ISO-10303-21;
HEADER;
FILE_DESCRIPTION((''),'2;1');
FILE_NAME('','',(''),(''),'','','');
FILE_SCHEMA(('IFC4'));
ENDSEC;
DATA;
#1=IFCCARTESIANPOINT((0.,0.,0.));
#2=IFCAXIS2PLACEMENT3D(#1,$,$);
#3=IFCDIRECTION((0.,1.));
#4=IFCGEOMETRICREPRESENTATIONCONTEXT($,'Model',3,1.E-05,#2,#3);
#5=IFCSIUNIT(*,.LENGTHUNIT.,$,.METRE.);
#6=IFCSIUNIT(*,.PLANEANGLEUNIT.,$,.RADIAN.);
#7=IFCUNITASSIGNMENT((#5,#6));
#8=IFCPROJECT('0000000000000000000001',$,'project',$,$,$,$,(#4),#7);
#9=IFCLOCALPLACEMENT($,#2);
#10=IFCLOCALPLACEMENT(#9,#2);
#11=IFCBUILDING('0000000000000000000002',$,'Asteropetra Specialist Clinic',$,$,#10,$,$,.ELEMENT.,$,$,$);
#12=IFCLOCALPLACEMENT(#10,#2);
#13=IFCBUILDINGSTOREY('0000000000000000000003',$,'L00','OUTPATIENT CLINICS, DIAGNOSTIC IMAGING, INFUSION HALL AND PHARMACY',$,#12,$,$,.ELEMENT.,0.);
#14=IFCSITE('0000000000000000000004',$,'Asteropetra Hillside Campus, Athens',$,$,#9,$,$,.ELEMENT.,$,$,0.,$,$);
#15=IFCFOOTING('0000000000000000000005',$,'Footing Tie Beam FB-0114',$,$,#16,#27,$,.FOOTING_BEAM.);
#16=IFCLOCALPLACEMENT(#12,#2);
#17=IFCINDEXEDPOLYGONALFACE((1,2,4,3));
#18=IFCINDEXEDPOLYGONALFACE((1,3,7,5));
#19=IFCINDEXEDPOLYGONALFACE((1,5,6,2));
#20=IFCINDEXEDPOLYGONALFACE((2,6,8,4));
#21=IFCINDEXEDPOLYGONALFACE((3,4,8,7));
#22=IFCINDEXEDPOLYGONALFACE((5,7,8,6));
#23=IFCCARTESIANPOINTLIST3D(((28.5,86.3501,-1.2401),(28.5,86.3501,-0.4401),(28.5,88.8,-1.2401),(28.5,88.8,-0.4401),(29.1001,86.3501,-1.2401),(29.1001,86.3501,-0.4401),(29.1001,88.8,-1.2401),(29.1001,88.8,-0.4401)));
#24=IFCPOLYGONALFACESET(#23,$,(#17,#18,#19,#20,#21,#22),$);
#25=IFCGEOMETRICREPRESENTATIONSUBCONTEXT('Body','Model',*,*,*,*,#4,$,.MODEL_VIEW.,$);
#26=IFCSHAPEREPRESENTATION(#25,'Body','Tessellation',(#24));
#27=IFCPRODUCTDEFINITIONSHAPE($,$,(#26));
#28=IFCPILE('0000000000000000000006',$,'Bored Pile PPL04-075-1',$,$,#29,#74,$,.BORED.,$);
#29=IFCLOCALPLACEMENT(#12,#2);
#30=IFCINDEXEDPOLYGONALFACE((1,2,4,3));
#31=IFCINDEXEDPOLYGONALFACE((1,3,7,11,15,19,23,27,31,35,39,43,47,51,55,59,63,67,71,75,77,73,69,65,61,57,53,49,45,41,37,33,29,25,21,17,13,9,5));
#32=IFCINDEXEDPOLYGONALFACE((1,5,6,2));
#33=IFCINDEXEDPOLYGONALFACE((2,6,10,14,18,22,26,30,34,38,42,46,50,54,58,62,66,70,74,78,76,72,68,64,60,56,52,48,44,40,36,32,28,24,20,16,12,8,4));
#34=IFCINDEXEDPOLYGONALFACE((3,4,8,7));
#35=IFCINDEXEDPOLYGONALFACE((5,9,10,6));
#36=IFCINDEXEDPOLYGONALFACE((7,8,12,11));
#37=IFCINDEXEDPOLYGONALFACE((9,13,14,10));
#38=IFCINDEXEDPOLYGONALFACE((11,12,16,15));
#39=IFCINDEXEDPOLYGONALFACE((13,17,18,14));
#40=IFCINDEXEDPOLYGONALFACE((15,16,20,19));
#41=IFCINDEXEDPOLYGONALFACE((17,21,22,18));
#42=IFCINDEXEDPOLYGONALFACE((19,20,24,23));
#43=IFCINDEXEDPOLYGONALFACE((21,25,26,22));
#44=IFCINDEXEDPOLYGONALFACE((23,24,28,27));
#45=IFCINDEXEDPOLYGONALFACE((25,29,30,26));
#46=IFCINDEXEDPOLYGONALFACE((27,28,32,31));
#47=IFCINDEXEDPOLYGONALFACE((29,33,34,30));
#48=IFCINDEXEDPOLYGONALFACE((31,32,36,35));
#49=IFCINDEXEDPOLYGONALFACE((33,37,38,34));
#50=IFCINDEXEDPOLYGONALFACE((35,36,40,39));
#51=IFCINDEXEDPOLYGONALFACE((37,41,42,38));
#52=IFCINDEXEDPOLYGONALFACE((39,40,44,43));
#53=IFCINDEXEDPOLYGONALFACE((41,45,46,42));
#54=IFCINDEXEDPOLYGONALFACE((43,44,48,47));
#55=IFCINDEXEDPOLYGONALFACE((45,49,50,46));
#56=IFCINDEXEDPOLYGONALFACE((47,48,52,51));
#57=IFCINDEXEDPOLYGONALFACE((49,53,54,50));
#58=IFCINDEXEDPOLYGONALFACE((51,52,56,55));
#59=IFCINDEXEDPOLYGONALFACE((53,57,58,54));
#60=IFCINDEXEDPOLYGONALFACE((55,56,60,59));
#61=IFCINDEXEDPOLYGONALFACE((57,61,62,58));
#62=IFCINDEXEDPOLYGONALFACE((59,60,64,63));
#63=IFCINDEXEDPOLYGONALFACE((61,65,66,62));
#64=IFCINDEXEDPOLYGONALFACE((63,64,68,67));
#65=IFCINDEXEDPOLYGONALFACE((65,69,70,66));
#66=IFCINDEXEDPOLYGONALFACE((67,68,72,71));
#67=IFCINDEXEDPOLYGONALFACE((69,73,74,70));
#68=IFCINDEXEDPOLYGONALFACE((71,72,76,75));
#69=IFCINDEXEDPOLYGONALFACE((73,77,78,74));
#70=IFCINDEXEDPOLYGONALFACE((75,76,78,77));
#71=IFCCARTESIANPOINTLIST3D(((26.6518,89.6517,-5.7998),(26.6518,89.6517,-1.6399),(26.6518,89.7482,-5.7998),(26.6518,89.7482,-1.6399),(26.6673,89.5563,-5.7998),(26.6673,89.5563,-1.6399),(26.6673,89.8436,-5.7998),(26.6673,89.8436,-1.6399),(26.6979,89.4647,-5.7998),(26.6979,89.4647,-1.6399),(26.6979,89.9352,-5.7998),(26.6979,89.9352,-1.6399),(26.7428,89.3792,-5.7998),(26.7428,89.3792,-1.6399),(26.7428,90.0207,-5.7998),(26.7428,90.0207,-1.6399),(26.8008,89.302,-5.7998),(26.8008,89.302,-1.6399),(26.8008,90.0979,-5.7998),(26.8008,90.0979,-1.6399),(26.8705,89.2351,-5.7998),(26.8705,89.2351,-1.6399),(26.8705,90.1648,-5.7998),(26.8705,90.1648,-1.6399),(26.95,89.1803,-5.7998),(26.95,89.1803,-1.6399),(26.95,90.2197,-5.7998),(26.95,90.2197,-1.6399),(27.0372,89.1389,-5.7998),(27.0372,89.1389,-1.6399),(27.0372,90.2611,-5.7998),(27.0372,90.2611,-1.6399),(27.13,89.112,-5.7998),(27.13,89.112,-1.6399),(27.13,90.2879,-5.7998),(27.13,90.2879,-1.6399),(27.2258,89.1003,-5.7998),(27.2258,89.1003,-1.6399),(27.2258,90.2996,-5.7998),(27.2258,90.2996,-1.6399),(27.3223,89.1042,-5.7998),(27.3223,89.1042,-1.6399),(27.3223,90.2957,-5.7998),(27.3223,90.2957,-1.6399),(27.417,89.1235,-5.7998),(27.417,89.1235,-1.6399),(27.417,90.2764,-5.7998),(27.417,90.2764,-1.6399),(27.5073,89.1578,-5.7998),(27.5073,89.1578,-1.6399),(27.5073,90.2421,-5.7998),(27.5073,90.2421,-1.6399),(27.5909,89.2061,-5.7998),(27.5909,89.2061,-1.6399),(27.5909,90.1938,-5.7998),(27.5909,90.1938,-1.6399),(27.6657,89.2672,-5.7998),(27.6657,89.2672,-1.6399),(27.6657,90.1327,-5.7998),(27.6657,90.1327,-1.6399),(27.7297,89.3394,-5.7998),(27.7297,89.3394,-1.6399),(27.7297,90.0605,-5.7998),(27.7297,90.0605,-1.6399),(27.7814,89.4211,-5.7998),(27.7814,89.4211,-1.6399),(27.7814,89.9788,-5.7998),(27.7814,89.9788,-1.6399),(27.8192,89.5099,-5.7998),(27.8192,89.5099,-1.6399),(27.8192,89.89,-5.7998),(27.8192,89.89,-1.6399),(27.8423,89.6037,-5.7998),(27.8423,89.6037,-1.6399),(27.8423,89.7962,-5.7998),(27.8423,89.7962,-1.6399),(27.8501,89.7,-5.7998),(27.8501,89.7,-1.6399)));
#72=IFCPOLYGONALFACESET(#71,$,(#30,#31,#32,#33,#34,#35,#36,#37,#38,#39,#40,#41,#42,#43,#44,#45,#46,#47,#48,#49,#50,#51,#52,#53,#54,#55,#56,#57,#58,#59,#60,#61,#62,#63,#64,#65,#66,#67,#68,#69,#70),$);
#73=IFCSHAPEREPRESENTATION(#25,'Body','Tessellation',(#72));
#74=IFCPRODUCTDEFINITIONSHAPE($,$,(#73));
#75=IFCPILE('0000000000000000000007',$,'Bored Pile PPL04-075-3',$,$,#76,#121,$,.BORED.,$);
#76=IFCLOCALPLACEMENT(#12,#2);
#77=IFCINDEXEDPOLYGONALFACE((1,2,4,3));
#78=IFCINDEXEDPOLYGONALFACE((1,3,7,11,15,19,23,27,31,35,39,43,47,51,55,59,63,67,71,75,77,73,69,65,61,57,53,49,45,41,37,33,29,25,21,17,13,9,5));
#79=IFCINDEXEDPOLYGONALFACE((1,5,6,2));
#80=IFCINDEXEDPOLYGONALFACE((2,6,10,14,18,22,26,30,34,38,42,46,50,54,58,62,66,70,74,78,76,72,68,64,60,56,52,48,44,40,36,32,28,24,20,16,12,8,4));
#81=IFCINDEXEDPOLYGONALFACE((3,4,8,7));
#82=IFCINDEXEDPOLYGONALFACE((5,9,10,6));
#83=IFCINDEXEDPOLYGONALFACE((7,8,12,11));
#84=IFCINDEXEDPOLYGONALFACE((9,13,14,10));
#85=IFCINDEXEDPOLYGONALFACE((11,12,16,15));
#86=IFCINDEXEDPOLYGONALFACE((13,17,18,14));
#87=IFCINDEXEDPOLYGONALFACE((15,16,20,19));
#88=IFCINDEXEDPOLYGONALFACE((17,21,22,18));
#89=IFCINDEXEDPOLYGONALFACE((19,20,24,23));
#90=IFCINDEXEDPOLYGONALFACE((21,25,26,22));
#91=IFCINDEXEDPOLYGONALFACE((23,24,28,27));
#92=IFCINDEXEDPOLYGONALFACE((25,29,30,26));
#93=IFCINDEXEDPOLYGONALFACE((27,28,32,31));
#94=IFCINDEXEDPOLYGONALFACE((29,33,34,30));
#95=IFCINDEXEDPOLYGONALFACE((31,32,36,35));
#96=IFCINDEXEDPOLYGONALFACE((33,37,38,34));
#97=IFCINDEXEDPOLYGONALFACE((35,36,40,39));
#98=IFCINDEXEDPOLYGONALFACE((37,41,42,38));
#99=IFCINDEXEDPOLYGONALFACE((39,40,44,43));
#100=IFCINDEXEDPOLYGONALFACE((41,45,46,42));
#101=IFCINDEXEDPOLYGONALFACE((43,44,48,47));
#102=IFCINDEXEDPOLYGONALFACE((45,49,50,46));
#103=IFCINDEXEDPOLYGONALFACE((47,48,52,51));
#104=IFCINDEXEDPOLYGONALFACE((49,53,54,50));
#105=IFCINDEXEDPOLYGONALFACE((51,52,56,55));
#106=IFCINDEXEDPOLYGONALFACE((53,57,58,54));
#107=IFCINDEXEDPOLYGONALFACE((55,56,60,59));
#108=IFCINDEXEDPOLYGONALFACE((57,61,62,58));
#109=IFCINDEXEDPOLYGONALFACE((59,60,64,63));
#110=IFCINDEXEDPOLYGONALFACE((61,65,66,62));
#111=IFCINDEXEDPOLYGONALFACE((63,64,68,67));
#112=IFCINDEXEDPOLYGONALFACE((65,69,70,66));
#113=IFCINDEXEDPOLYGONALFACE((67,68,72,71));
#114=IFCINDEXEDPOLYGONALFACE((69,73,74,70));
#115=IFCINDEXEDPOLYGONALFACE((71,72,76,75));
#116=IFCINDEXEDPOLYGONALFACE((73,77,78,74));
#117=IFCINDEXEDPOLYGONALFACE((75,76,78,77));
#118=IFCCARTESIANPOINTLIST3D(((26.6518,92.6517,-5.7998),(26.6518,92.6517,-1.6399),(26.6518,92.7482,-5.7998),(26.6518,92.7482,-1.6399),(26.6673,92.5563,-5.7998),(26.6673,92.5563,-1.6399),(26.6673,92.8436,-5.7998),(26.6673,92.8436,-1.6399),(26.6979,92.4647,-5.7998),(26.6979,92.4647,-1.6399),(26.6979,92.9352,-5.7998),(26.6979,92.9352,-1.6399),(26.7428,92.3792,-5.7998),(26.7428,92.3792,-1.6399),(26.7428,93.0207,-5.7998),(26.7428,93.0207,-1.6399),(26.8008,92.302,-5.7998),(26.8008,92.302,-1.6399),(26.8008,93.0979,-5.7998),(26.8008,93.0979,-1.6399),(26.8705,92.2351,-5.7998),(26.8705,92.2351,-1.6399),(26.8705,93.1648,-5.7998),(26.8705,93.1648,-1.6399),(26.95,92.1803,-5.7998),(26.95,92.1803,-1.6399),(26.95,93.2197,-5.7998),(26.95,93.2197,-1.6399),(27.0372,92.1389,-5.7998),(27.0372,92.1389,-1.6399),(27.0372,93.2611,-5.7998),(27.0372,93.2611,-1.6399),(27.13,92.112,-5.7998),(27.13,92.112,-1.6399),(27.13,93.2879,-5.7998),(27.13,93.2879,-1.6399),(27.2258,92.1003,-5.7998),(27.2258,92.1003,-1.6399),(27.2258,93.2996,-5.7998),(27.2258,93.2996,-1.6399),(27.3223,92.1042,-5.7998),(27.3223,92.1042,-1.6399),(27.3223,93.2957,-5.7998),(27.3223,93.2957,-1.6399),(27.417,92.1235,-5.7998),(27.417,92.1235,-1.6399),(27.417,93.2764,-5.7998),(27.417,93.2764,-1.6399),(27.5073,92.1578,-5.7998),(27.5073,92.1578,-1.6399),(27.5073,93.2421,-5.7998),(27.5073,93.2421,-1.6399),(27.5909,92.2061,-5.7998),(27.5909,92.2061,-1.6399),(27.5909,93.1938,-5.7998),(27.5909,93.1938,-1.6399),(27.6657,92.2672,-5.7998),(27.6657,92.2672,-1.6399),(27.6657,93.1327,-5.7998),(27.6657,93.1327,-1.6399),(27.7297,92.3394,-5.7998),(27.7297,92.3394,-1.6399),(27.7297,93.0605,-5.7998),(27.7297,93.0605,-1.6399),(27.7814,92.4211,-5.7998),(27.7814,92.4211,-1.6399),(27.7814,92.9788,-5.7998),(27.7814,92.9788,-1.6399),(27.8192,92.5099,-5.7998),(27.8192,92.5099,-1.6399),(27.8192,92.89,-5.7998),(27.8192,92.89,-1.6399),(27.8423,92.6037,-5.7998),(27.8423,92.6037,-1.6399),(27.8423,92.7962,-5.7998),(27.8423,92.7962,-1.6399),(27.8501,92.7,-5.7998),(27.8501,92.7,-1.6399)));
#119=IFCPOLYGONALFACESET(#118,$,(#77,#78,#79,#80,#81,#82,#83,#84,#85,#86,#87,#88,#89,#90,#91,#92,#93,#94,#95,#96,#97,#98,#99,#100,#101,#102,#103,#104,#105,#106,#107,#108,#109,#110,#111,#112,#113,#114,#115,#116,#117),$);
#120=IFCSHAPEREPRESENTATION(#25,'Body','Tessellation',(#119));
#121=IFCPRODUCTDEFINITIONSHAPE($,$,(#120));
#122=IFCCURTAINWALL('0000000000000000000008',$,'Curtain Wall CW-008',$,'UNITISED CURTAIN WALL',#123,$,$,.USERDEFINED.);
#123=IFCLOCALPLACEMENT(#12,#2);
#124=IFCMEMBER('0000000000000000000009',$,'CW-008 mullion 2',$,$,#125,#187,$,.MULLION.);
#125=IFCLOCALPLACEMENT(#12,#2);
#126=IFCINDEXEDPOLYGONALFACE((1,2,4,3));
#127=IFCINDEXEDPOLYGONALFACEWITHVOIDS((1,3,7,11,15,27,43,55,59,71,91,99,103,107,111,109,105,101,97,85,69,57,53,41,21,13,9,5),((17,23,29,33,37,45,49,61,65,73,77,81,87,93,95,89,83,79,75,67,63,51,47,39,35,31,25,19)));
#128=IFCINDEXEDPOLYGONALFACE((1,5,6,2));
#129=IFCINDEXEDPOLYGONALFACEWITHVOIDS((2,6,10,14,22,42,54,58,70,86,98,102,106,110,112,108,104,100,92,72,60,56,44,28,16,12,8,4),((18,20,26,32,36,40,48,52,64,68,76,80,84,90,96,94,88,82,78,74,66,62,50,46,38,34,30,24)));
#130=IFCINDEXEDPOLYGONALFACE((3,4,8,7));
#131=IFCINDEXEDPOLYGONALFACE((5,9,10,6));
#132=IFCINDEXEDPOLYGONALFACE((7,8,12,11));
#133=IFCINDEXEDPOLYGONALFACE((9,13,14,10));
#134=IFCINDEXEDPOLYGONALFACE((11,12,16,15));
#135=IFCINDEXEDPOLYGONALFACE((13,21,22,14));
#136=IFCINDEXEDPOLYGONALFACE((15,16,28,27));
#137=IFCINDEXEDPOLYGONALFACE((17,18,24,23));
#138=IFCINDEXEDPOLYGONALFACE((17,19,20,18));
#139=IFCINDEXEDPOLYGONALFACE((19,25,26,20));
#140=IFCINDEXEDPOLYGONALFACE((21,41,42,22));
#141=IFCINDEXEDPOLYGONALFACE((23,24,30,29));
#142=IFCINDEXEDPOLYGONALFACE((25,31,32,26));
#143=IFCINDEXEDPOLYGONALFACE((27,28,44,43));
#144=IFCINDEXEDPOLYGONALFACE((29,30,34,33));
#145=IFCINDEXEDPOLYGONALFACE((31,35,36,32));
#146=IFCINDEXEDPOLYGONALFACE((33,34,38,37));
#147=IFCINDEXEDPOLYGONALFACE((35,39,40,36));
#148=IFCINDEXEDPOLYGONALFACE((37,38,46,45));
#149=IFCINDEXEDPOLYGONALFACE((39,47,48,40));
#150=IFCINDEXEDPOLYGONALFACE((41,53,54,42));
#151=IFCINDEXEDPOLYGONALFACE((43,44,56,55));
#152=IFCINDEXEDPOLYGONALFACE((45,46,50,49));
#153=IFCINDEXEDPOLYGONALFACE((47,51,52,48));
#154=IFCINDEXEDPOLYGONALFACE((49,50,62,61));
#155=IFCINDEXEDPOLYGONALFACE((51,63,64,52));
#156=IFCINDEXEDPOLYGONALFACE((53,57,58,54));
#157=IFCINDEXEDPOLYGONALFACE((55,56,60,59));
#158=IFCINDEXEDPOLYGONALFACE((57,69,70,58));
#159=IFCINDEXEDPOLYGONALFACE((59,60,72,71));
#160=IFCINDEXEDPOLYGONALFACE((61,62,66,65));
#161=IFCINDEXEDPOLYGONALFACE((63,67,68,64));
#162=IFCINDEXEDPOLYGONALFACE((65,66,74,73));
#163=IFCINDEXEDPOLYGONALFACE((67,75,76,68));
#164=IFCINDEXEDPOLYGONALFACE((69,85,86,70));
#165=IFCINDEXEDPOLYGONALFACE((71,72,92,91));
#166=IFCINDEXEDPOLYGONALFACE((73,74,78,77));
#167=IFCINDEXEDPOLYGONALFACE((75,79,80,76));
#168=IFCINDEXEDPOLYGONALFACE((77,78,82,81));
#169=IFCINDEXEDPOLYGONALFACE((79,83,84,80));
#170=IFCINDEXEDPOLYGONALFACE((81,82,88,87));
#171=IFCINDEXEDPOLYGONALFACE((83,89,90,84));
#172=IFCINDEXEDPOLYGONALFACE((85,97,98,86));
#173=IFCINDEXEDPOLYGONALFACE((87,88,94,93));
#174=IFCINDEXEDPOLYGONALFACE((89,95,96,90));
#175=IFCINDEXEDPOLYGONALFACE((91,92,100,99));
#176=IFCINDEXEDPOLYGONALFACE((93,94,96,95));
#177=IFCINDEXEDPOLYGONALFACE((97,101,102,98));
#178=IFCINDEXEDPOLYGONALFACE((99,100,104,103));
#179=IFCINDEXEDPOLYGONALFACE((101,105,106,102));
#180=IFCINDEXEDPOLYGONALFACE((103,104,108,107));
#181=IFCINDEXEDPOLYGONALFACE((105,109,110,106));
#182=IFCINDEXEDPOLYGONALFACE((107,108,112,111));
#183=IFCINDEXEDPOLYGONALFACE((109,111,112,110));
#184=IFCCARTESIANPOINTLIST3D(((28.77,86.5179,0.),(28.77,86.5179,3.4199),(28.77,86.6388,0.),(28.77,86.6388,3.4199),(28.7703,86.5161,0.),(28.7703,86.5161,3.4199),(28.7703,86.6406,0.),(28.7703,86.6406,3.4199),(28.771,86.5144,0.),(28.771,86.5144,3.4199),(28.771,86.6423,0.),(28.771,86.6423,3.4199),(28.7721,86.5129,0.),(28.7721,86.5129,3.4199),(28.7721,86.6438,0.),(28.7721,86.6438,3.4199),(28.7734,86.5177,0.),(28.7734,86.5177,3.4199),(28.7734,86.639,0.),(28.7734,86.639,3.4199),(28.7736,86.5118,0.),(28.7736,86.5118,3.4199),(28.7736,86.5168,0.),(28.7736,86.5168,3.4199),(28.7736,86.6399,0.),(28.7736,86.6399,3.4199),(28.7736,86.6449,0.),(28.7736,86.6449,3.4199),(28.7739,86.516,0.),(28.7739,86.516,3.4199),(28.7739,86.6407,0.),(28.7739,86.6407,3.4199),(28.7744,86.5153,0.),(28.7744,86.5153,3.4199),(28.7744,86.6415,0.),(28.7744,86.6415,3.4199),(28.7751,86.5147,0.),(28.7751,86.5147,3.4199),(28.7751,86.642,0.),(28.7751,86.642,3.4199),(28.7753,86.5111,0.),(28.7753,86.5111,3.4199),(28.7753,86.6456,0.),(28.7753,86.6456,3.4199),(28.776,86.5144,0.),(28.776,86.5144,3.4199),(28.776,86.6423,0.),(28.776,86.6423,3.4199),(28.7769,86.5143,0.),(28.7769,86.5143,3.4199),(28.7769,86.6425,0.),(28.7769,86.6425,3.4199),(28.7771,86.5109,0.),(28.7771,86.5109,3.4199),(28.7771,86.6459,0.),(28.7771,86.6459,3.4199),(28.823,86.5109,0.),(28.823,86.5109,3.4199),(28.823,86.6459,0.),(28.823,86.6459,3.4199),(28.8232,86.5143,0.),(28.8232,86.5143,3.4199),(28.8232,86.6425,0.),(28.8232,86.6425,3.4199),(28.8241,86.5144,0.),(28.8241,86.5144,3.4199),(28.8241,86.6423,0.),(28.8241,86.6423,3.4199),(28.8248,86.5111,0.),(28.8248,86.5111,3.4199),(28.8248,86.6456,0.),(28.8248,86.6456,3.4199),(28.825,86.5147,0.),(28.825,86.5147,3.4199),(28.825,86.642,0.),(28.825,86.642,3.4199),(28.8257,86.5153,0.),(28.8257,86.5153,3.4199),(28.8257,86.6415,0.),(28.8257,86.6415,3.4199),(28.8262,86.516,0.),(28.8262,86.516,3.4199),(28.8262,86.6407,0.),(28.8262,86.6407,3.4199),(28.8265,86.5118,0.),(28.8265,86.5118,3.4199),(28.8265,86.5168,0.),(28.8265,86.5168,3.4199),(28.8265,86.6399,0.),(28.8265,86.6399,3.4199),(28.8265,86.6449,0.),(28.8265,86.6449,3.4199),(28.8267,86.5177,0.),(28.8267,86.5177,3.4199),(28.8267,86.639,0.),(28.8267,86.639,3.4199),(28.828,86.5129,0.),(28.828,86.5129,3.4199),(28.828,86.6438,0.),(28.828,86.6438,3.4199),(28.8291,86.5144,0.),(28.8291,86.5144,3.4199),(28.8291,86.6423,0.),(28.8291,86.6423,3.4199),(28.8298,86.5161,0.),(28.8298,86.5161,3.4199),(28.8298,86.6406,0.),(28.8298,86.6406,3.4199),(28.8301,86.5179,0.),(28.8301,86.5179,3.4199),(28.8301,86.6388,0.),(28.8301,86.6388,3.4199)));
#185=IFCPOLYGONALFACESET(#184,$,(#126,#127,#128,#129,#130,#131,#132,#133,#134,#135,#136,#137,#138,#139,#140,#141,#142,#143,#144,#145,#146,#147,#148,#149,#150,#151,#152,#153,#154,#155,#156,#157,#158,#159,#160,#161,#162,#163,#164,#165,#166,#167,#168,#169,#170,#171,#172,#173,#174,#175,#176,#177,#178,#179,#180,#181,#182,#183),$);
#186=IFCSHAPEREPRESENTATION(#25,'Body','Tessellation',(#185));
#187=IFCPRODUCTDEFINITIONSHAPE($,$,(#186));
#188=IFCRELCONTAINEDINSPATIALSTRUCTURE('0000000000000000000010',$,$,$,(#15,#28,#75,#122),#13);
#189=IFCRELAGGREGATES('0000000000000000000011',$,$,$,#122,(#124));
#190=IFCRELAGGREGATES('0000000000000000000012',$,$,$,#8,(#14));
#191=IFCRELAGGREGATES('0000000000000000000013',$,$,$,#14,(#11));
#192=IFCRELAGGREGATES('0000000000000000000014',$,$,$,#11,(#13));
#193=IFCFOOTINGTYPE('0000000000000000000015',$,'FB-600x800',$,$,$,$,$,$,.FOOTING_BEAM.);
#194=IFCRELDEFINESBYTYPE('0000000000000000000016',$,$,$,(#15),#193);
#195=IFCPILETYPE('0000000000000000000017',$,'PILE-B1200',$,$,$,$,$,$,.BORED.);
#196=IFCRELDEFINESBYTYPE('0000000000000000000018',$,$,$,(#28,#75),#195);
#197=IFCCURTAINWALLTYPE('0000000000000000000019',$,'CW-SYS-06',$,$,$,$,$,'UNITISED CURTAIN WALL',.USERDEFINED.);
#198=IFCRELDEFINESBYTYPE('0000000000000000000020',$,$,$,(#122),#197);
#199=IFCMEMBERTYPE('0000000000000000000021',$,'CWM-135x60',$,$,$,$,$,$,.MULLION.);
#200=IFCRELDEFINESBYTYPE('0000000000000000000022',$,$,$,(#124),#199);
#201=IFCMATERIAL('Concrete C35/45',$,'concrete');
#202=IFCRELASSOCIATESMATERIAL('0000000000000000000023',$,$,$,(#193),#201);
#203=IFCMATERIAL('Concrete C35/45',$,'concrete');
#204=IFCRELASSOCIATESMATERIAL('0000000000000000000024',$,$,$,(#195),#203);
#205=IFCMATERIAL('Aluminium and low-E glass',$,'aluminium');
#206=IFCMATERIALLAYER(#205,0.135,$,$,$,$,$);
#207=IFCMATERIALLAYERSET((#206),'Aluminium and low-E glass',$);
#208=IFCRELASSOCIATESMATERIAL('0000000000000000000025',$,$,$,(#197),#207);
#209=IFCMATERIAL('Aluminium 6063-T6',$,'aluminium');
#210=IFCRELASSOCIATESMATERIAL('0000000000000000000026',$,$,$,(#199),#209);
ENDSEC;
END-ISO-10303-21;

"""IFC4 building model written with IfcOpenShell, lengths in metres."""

from ifc_helpers import new_model, si_unit, direction, frame, origin, origin_2d, place, context, subcontext, project, spatial, rectangle, hollow_rectangle, circle, extrude, material, layer, layer_set, material_profile, profile_set, type_object, element, aggregate, save


model = new_model("IFC4")

# Units and contexts
model_context = context("Model", 3, precision=1e-05, world=origin(), true_north=direction((0.0, 1.0)))
body_context = subcontext(model_context, "Body", "Model", "MODEL_VIEW")
ifc_project = project(units=[si_unit("LENGTHUNIT", "METRE"), si_unit("PLANEANGLEUNIT", "RADIAN")], contexts=[model_context])

# Site, building, storey
site_placement = place(None, origin())
site = spatial("IfcSite", under=ifc_project, at=site_placement, Name="Asteropetra Hillside Campus, Athens", CompositionType="ELEMENT", RefElevation=0.0)
building_placement = place(site_placement, origin())
building = spatial("IfcBuilding", under=site, at=building_placement, Name="Asteropetra Specialist Clinic", CompositionType="ELEMENT")
storey_placement = place(building_placement, origin())
storey = spatial("IfcBuildingStorey", under=building, at=storey_placement, Name="L00", Description="OUTPATIENT CLINICS, DIAGNOSTIC IMAGING, INFUSION HALL AND PHARMACY", CompositionType="ELEMENT", Elevation=0.0)

# Footing
ifc_material_1 = material(Name="Concrete C35/45", Category="concrete")
ifc_material_profile_1 = material_profile(ifc_material_1, rectangle(XDim=0.6001, YDim=0.8, at=origin_2d()), Name="FB 600x800")
ifc_profile_set_1 = profile_set([ifc_material_profile_1], Name="Concrete C35/45")
footing_type = type_object("IfcFootingType", Name="FB-600x800", PredefinedType="FOOTING_BEAM", material=ifc_profile_set_1)
footing_placement = place(storey_placement, frame((28.8, 86.3501, -0.8401), z_axis=(0.0, 1.0, 0.0), x_axis=(-1.0, 0.0, 0.0)))
element("IfcFooting", 1, at=footing_placement, inside=storey, type_object=footing_type, Name="Footing Tie Beam FB-0114", PredefinedType="FOOTING_BEAM", context=body_context, shape_type="SweptSolid", body=[
    extrude(rectangle(XDim=0.6001, YDim=0.8, at=origin_2d()), origin(), (0.0, 0.0, 1.0), 2.45),
])

# Piles
ifc_material_2 = material(Name="Concrete C35/45", Category="concrete")
ifc_material_profile_2 = material_profile(ifc_material_2, circle(Radius=0.6001, at=origin_2d()), Name="PILE D1200")
ifc_profile_set_2 = profile_set([ifc_material_profile_2], Name="Concrete C35/45")
pile_type = type_object("IfcPileType", Name="PILE-B1200", PredefinedType="BORED", material=ifc_profile_set_2)
for number, where, z_axis, x_axis, name in (
    (2, (27.25, 89.7, -1.6399), (0.0, 0.0, -1.0), (1.0, 0.0, 0.0), "Bored Pile PPL04-075-1"),
    (3, (27.25, 92.7, -1.6399), (0.0, 0.0, -1.0), (1.0, 0.0, 0.0), "Bored Pile PPL04-075-3"),
):
    element("IfcPile", number, at=place(storey_placement, frame(where, z_axis=z_axis, x_axis=x_axis)), inside=storey, type_object=pile_type, Name=name, PredefinedType="BORED", context=body_context, shape_type="SweptSolid", body=[
        extrude(circle(Radius=0.6001, at=origin_2d()), origin(), (0.0, 0.0, 1.0), 4.1599),
    ])

# Curtain wall, member
ifc_material_3 = material(Name="Aluminium and low-E glass", Category="aluminium")
ifc_layer_1 = layer(ifc_material_3, 0.135)
ifc_layer_set_1 = layer_set([ifc_layer_1], Name="Aluminium and low-E glass")
curtain_wall_type_1 = type_object("IfcCurtainWallType", Name="CW-SYS-06", ElementType="UNITISED CURTAIN WALL", PredefinedType="USERDEFINED", material=ifc_layer_set_1)
curtain_wall_1_placement = place(storey_placement, origin())
curtain_wall_1 = element("IfcCurtainWall", 4, at=curtain_wall_1_placement, inside=storey, type_object=curtain_wall_type_1, Name="Curtain Wall CW-008", ObjectType="UNITISED CURTAIN WALL", PredefinedType="USERDEFINED")
ifc_material_4 = material(Name="Aluminium 6063-T6", Category="aluminium")
ifc_material_profile_3 = material_profile(ifc_material_4, hollow_rectangle(XDim=0.0601, YDim=0.135, WallThickness=0.0034, InnerFilletRadius=0.0034, OuterFilletRadius=0.0071, at=origin_2d()), Name="MUL 135x60x3.5")
ifc_profile_set_3 = profile_set([ifc_material_profile_3], Name="Aluminium 6063-T6")
member_type_1 = type_object("IfcMemberType", Name="CWM-135x60", PredefinedType="MULLION", material=ifc_profile_set_3)
member_1_placement = place(storey_placement, frame((28.8, 86.5784, 0.0), z_axis=(0.0, 0.0, 1.0), x_axis=(-1.0, 0.0, 0.0)))
member_1 = element("IfcMember", 5, at=member_1_placement, type_object=member_type_1, Name="CW-008 mullion 2", PredefinedType="MULLION", context=body_context, shape_type="SweptSolid", body=[
    extrude(hollow_rectangle(XDim=0.0601, YDim=0.135, WallThickness=0.0034, InnerFilletRadius=0.0034, OuterFilletRadius=0.0071, at=origin_2d()), origin(), (0.0, 0.0, 1.0), 3.4199),
])

aggregate(curtain_wall_1, [member_1])

save(model, "model.ifc")
